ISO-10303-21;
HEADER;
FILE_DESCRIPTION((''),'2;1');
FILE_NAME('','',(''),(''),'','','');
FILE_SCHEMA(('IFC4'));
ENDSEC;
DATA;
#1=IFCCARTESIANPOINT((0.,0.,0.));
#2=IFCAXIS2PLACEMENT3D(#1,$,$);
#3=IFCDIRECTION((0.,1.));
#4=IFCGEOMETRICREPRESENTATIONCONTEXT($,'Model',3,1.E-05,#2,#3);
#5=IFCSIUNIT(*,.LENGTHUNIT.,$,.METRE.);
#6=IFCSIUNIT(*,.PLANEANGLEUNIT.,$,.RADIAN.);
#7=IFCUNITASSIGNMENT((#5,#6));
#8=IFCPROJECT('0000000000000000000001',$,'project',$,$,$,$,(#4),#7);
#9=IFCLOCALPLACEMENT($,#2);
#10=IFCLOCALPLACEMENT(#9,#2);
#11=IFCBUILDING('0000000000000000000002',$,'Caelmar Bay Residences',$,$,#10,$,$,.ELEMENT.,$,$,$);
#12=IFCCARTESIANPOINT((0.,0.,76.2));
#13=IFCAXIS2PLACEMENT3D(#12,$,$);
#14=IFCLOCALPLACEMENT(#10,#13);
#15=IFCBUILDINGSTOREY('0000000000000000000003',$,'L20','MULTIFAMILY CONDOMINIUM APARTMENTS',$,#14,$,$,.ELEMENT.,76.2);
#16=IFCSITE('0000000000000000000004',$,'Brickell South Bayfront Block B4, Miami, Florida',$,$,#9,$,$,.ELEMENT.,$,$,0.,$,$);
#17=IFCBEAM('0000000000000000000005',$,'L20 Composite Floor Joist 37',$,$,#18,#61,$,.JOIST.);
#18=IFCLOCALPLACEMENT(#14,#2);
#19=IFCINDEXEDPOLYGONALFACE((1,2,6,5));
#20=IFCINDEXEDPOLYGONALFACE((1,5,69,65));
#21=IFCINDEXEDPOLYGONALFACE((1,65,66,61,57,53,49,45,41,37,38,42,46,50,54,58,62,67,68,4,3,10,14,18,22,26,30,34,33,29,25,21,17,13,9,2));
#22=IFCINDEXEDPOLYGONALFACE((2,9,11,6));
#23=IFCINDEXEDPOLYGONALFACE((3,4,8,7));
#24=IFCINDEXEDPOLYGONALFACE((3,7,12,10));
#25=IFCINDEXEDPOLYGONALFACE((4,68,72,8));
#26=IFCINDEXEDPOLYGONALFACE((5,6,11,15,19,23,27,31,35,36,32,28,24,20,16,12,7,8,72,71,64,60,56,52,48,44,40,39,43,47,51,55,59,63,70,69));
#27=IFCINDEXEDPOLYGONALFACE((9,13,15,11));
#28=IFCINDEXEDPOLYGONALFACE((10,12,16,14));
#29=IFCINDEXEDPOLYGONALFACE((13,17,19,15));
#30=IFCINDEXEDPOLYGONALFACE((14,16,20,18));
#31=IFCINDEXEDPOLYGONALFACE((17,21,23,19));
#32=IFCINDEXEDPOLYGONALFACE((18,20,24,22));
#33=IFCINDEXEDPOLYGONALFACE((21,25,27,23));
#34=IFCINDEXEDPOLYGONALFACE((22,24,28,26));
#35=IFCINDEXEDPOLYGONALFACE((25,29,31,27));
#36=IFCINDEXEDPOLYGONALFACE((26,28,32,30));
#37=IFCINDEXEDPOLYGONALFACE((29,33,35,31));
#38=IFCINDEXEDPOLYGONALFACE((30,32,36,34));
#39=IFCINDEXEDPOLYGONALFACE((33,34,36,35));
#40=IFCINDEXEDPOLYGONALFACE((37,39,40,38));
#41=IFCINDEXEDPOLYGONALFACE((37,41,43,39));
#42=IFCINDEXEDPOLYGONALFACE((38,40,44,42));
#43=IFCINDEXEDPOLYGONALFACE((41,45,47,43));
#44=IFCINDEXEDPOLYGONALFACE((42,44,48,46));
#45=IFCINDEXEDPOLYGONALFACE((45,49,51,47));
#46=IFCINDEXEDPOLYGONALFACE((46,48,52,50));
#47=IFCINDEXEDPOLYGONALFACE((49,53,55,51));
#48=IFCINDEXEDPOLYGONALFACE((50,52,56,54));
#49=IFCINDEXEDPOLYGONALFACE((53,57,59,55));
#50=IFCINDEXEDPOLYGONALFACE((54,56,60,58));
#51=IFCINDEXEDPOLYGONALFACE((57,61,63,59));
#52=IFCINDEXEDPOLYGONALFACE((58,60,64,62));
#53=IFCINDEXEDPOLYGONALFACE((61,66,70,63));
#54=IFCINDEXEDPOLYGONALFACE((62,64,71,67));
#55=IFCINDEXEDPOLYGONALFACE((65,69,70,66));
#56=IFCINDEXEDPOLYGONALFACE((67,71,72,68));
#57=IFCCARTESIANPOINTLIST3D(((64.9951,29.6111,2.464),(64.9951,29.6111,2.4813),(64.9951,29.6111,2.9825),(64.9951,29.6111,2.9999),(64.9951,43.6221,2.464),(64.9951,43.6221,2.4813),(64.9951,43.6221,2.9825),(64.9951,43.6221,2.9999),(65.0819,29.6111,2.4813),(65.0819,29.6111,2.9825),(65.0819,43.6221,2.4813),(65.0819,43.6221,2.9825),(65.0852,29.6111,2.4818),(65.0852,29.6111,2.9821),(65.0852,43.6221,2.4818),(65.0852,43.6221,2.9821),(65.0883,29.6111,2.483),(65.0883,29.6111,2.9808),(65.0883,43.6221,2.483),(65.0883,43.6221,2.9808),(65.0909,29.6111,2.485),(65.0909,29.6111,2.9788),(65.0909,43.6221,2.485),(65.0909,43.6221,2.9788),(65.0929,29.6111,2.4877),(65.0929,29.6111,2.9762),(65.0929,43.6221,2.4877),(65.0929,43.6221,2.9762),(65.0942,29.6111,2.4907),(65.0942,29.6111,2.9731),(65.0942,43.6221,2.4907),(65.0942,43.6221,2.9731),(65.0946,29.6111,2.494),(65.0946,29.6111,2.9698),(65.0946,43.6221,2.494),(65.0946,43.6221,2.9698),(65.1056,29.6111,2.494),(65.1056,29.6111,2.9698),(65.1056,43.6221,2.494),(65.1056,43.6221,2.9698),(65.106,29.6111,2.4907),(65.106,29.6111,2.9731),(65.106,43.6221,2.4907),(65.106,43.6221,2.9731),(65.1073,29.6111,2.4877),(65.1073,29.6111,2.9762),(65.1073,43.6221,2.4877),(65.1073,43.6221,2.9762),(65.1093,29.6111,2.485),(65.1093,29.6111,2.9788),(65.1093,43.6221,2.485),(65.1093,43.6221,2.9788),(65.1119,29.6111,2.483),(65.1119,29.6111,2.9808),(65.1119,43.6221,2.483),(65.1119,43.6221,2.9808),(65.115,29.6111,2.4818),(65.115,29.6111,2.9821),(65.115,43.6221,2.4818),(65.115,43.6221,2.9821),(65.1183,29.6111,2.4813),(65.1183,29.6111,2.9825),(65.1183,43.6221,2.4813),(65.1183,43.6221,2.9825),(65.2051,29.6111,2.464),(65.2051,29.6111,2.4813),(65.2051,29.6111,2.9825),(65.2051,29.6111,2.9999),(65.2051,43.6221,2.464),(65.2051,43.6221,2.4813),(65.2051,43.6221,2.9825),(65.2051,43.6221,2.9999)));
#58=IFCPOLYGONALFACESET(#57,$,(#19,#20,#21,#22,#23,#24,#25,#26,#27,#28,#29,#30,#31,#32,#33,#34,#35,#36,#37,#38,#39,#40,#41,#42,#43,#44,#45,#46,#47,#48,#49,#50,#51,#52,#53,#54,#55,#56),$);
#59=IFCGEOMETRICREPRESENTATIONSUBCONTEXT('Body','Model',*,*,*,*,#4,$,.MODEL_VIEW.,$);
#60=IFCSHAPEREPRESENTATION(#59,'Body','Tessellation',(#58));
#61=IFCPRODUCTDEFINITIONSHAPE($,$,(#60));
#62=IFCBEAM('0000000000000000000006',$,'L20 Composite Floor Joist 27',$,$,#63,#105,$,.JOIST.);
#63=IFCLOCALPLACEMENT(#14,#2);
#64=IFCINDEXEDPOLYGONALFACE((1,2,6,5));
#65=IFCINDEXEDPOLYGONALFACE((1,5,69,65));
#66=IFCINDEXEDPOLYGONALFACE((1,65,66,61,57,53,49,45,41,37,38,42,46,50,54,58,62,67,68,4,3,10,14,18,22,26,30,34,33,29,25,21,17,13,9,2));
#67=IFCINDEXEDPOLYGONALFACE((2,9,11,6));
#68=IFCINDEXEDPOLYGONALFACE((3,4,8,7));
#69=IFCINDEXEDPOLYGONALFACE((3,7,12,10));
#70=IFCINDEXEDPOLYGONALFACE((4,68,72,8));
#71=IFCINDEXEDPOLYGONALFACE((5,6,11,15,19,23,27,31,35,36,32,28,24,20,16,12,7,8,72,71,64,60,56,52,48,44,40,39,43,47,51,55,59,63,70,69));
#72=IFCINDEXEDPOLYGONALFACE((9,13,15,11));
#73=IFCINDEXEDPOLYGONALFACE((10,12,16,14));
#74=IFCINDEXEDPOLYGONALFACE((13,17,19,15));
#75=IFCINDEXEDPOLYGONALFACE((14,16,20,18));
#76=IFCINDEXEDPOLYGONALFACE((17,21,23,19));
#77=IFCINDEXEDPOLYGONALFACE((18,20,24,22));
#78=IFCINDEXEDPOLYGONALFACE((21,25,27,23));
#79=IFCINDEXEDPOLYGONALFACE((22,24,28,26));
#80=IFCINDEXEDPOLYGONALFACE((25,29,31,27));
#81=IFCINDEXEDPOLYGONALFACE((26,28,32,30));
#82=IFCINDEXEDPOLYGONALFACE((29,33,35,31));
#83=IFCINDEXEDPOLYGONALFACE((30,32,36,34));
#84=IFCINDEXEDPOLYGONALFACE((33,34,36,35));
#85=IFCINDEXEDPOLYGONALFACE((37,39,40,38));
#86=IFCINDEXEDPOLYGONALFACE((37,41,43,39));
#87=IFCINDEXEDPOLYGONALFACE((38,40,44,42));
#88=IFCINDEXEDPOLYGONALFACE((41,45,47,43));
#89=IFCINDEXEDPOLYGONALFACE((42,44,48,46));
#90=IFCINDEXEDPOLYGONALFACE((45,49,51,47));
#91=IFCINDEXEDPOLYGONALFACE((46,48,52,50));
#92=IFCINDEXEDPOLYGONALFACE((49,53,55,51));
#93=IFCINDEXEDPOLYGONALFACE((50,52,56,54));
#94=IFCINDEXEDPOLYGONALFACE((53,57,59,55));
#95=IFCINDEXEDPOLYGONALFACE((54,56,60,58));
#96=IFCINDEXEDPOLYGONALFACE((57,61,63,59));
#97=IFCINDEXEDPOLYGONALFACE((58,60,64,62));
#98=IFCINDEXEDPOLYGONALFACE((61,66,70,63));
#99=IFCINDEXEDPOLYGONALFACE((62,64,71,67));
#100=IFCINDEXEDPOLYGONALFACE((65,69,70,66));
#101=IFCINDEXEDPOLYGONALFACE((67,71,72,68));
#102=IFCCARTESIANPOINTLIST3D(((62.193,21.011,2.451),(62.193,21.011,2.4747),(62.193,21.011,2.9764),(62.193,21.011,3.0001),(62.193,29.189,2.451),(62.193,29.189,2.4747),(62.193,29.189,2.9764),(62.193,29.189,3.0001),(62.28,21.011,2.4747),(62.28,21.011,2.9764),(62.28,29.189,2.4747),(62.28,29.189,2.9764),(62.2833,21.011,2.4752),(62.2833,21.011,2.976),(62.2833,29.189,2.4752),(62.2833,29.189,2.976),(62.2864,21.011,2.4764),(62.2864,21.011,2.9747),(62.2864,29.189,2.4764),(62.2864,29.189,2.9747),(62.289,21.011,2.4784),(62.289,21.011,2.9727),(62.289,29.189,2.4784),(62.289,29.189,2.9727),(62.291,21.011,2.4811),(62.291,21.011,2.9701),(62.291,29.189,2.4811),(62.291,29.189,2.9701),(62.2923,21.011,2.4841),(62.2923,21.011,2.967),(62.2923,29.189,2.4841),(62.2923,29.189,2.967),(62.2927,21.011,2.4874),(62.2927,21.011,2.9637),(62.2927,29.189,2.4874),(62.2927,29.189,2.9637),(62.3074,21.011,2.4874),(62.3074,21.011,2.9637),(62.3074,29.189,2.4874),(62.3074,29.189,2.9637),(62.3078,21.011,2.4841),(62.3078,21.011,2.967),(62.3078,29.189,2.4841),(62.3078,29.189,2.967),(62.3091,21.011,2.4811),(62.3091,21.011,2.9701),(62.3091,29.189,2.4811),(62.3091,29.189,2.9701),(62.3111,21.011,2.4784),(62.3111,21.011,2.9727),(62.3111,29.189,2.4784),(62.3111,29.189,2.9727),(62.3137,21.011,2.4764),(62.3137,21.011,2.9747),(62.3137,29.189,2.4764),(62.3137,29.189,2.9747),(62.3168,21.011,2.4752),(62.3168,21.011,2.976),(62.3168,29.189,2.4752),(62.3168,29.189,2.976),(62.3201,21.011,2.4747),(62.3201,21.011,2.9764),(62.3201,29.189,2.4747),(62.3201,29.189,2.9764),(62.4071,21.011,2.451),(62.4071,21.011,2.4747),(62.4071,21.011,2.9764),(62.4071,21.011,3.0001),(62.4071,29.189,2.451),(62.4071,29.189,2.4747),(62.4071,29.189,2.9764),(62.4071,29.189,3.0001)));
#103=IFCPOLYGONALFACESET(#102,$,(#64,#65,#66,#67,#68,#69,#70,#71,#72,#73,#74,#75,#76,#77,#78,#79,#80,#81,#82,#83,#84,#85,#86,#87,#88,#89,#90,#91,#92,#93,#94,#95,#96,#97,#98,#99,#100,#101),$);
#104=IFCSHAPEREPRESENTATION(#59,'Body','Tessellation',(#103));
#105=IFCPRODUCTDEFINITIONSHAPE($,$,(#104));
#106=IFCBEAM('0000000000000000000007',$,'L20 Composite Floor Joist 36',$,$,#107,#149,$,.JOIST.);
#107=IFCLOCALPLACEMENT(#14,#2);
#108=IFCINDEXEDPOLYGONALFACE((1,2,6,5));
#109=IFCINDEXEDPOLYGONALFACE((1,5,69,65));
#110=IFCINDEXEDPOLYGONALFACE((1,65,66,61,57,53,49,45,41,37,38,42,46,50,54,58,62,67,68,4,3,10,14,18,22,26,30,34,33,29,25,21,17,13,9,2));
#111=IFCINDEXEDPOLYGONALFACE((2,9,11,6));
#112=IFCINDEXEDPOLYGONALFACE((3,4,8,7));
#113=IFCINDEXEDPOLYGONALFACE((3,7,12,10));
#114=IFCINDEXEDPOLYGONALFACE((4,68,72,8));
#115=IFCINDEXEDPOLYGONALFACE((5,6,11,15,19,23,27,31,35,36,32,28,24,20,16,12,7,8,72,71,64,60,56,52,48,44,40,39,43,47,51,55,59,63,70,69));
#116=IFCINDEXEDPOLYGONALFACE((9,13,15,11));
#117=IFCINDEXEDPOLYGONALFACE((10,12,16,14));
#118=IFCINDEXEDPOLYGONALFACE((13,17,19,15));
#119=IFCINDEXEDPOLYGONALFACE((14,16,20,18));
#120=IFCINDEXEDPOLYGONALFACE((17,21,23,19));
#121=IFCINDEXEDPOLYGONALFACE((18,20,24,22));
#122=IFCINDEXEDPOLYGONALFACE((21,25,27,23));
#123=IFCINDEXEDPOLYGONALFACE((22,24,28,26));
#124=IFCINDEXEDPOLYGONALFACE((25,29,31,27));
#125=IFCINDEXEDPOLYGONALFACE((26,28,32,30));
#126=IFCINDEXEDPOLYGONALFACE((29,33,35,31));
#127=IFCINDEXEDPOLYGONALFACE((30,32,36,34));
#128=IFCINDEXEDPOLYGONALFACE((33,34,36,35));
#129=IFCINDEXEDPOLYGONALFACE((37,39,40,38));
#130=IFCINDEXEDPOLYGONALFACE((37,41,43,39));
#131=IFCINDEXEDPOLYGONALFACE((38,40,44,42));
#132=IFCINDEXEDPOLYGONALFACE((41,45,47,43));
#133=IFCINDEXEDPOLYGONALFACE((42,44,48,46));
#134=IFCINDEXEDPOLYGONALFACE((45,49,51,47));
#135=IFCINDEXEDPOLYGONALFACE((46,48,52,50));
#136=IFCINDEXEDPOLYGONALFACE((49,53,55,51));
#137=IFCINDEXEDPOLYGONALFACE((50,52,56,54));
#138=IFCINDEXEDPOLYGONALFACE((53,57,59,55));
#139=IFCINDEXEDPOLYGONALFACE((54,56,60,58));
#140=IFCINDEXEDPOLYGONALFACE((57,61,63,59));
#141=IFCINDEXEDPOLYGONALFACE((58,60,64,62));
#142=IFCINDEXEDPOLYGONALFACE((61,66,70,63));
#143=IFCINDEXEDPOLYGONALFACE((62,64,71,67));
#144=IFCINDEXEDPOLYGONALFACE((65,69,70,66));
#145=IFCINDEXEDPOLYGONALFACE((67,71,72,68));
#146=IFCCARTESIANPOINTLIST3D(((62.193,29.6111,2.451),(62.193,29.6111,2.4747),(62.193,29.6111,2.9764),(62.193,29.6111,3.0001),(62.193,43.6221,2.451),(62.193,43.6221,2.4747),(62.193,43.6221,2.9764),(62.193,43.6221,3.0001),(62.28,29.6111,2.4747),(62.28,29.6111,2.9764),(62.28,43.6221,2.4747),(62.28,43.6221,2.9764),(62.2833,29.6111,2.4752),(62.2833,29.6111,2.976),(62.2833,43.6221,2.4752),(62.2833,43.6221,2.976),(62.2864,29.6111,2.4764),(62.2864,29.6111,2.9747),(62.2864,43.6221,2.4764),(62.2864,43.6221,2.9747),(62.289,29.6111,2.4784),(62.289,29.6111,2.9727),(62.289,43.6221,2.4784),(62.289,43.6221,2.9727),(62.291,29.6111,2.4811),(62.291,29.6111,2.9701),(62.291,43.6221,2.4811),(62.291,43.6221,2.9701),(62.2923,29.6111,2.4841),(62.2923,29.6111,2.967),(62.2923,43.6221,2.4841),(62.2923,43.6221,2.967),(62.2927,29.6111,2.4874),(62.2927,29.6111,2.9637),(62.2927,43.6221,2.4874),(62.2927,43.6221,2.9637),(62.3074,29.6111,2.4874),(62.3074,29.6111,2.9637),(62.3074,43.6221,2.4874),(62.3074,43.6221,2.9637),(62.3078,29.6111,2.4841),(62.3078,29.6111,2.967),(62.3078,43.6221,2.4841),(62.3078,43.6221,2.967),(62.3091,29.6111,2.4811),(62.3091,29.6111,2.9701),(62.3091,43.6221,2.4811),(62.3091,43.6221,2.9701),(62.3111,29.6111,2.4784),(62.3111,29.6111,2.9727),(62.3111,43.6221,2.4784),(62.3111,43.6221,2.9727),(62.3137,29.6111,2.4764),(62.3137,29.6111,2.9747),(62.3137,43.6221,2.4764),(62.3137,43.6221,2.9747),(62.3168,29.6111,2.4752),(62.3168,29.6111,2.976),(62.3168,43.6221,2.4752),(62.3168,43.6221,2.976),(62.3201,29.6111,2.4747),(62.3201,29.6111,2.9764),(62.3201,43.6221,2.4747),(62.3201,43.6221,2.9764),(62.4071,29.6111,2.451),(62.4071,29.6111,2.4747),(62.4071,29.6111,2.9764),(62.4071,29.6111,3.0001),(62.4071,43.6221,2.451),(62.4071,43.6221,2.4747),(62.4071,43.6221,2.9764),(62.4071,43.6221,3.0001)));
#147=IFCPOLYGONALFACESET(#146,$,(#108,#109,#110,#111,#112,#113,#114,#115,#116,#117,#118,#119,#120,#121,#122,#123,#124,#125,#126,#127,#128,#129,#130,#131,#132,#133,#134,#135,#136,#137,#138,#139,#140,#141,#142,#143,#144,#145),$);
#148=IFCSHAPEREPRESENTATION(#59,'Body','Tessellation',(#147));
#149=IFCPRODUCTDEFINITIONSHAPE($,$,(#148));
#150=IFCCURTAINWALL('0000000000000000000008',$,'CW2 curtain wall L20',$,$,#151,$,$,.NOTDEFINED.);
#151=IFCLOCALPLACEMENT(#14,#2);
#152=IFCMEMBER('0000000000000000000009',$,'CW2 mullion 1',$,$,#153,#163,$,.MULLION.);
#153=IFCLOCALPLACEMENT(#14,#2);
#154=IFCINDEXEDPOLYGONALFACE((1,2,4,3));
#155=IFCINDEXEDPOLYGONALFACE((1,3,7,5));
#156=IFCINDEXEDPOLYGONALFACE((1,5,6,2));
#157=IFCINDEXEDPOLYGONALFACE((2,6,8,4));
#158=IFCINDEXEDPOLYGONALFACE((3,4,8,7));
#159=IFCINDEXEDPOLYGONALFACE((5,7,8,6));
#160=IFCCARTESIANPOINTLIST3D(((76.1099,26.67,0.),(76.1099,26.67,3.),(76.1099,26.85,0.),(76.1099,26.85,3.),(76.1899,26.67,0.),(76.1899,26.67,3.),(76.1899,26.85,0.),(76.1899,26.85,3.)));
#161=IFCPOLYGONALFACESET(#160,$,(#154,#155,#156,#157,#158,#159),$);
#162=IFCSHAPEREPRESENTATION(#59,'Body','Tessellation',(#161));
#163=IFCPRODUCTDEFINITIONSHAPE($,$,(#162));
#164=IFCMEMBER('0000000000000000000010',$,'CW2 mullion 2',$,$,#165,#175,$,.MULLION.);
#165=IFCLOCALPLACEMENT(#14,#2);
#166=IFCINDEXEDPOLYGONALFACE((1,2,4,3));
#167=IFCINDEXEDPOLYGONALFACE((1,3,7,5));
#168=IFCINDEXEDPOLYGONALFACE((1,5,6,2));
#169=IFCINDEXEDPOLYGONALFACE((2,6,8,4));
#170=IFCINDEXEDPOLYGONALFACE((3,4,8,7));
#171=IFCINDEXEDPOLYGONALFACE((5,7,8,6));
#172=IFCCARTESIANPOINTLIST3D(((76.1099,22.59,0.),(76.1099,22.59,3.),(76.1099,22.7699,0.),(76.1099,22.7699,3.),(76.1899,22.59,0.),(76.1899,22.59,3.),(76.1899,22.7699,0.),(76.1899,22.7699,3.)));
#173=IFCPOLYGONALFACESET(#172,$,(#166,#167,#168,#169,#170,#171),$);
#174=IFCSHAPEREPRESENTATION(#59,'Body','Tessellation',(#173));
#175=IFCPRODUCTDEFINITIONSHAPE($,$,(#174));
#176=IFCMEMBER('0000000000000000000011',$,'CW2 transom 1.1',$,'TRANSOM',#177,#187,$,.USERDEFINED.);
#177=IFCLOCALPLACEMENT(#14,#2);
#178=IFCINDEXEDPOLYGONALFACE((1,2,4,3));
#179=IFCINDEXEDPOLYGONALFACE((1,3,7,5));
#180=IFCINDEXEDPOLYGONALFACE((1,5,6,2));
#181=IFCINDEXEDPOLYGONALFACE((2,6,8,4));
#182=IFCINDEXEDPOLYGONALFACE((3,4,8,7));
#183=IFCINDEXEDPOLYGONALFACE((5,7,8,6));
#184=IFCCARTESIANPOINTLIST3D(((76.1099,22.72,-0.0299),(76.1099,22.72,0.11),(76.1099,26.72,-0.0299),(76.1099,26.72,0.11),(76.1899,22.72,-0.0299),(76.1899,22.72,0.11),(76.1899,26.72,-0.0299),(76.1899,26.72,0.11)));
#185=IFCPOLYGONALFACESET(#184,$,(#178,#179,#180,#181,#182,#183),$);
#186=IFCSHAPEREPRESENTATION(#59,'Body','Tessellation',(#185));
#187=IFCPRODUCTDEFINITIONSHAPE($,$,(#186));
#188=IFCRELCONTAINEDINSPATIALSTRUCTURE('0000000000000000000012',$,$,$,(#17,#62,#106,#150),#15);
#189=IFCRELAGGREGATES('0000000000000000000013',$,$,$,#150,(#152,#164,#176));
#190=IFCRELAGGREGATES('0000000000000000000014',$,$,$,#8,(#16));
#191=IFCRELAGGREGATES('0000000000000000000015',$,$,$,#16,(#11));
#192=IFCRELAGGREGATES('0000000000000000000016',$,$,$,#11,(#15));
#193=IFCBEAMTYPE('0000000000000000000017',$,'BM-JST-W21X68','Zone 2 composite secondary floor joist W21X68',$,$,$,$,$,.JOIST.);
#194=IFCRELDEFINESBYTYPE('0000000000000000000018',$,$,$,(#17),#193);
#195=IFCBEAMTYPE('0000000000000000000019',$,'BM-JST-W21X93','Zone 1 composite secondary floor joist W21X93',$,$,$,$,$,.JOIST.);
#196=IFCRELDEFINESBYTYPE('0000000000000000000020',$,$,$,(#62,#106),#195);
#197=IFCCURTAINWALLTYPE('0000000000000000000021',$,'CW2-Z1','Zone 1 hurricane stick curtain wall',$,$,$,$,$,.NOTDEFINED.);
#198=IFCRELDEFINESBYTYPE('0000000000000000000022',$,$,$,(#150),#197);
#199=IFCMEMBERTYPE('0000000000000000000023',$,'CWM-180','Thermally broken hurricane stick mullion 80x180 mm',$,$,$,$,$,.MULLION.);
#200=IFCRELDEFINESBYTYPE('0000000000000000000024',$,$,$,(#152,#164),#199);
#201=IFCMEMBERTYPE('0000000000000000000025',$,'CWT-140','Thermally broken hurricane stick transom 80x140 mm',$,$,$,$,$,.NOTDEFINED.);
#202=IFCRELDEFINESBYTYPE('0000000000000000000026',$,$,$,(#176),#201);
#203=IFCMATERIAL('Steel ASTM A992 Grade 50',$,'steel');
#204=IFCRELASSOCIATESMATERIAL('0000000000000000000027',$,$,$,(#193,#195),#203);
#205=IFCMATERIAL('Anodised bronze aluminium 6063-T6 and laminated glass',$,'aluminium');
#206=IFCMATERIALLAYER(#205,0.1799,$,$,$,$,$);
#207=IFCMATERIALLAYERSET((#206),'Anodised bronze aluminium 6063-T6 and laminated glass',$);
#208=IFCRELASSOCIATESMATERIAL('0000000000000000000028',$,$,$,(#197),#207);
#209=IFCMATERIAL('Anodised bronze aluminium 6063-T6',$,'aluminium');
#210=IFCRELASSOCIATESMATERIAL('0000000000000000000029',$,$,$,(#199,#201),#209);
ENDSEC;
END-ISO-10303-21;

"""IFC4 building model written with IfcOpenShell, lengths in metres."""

from ifc_helpers import new_model, si_unit, direction, frame, origin, origin_2d, place, context, subcontext, project, spatial, rectangle, i_section, extrude, material, layer, layer_set, material_profile, profile_set, type_object, element, aggregate, save


model = new_model("IFC4")

# Units and contexts
model_context = context("Model", 3, precision=1e-05, world=origin(), true_north=direction((0.0, 1.0)))
body_context = subcontext(model_context, "Body", "Model", "MODEL_VIEW")
ifc_project = project(units=[si_unit("LENGTHUNIT", "METRE"), si_unit("PLANEANGLEUNIT", "RADIAN")], contexts=[model_context])

# Site, building, storey
site_placement = place(None, origin())
site = spatial("IfcSite", under=ifc_project, at=site_placement, Name="Brickell South Bayfront Block B4, Miami, Florida", CompositionType="ELEMENT", RefElevation=0.0)
building_placement = place(site_placement, origin())
building = spatial("IfcBuilding", under=site, at=building_placement, Name="Caelmar Bay Residences", CompositionType="ELEMENT")
storey_placement = place(building_placement, frame((0.0, 0.0, 76.2)))
storey = spatial("IfcBuildingStorey", under=building, at=storey_placement, Name="L20", Description="MULTIFAMILY CONDOMINIUM APARTMENTS", CompositionType="ELEMENT", Elevation=76.2)

# Beams
ifc_material_1 = material(Name="Steel ASTM A992 Grade 50", Category="steel")
ifc_material_profile_1 = material_profile(ifc_material_1, i_section(OverallWidth=0.21, OverallDepth=0.5359, WebThickness=0.011, FlangeThickness=0.0173, FilletRadius=0.0127, at=origin_2d()), Name="W21X68")
ifc_profile_set_1 = profile_set([ifc_material_profile_1], Name="Steel ASTM A992 Grade 50")
beam_type_1 = type_object("IfcBeamType", Name="BM-JST-W21X68", Description="Zone 2 composite secondary floor joist W21X68", PredefinedType="JOIST", material=ifc_profile_set_1)
beam_1_placement = place(storey_placement, frame((65.1001, 29.6111, 2.7319), z_axis=(0.0, 1.0, 0.0), x_axis=(-1.0, 0.0, 0.0)))
element("IfcBeam", 1, at=beam_1_placement, inside=storey, type_object=beam_type_1, Name="L20 Composite Floor Joist 37", PredefinedType="JOIST", context=body_context, shape_type="SweptSolid", body=[
    extrude(i_section(OverallWidth=0.21, OverallDepth=0.5359, WebThickness=0.011, FlangeThickness=0.0173, FilletRadius=0.0127, at=origin_2d()), origin(), (0.0, 0.0, 1.0), 14.011),
])
ifc_material_profile_2 = material_profile(ifc_material_1, i_section(OverallWidth=0.2141, OverallDepth=0.5491, WebThickness=0.0146, FlangeThickness=0.0237, FilletRadius=0.0127, at=origin_2d()), Name="W21X93")
ifc_profile_set_2 = profile_set([ifc_material_profile_2], Name="Steel ASTM A992 Grade 50")
beam_type_2 = type_object("IfcBeamType", Name="BM-JST-W21X93", Description="Zone 1 composite secondary floor joist W21X93", PredefinedType="JOIST", material=ifc_profile_set_2)
beam_2_placement = place(storey_placement, frame((62.3, 21.011, 2.7256), z_axis=(0.0, 1.0, 0.0), x_axis=(-1.0, 0.0, 0.0)))
element("IfcBeam", 2, at=beam_2_placement, inside=storey, type_object=beam_type_2, Name="L20 Composite Floor Joist 27", PredefinedType="JOIST", context=body_context, shape_type="SweptSolid", body=[
    extrude(i_section(OverallWidth=0.2141, OverallDepth=0.5491, WebThickness=0.0146, FlangeThickness=0.0237, FilletRadius=0.0127, at=origin_2d()), origin(), (0.0, 0.0, 1.0), 8.178),
])
beam_3_placement = place(storey_placement, frame((62.3, 29.6111, 2.7256), z_axis=(0.0, 1.0, 0.0), x_axis=(-1.0, 0.0, 0.0)))
element("IfcBeam", 3, at=beam_3_placement, inside=storey, type_object=beam_type_2, Name="L20 Composite Floor Joist 36", PredefinedType="JOIST", context=body_context, shape_type="SweptSolid", body=[
    extrude(i_section(OverallWidth=0.2141, OverallDepth=0.5491, WebThickness=0.0146, FlangeThickness=0.0237, FilletRadius=0.0127, at=origin_2d()), origin(), (0.0, 0.0, 1.0), 14.011),
])

# Curtain wall, members
ifc_material_2 = material(Name="Anodised bronze aluminium 6063-T6 and laminated glass", Category="aluminium")
ifc_layer_1 = layer(ifc_material_2, 0.1799)
ifc_layer_set_1 = layer_set([ifc_layer_1], Name="Anodised bronze aluminium 6063-T6 and laminated glass")
curtain_wall_type = type_object("IfcCurtainWallType", Name="CW2-Z1", Description="Zone 1 hurricane stick curtain wall", PredefinedType="NOTDEFINED", material=ifc_layer_set_1)
curtain_wall_placement = place(storey_placement, origin())
curtain_wall = element("IfcCurtainWall", 4, at=curtain_wall_placement, inside=storey, type_object=curtain_wall_type, Name="CW2 curtain wall L20", PredefinedType="NOTDEFINED")
ifc_material_3 = material(Name="Anodised bronze aluminium 6063-T6", Category="aluminium")
ifc_material_profile_3 = material_profile(ifc_material_3, rectangle(XDim=0.0801, YDim=0.1799, at=origin_2d()), Name="CWM-80X180")
ifc_profile_set_3 = profile_set([ifc_material_profile_3], Name="Anodised bronze aluminium 6063-T6")
member_type_1 = type_object("IfcMemberType", Name="CWM-180", Description="Thermally broken hurricane stick mullion 80x180 mm", PredefinedType="MULLION", material=ifc_profile_set_3)
member_1_placement = place(storey_placement, frame((76.1499, 26.76, 0.0), z_axis=(0.0, 0.0, 1.0), x_axis=(1.0, 0.0, 0.0)))
member_1 = element("IfcMember", 5, at=member_1_placement, type_object=member_type_1, Name="CW2 mullion 1", PredefinedType="MULLION", context=body_context, shape_type="SweptSolid", body=[
    extrude(rectangle(XDim=0.0801, YDim=0.1799, at=origin_2d()), origin(), (0.0, 0.0, 1.0), 3.0),
])
member_2_placement = place(storey_placement, frame((76.1499, 22.6799, 0.0), z_axis=(0.0, 0.0, 1.0), x_axis=(1.0, 0.0, 0.0)))
member_2 = element("IfcMember", 6, at=member_2_placement, type_object=member_type_1, Name="CW2 mullion 2", PredefinedType="MULLION", context=body_context, shape_type="SweptSolid", body=[
    extrude(rectangle(XDim=0.0801, YDim=0.1799, at=origin_2d()), origin(), (0.0, 0.0, 1.0), 3.0),
])
ifc_material_profile_4 = material_profile(ifc_material_3, rectangle(XDim=0.0801, YDim=0.1399, at=origin_2d()), Name="CWT-80X140")
ifc_profile_set_4 = profile_set([ifc_material_profile_4], Name="Anodised bronze aluminium 6063-T6")
member_type_2 = type_object("IfcMemberType", Name="CWT-140", Description="Thermally broken hurricane stick transom 80x140 mm", PredefinedType="NOTDEFINED", material=ifc_profile_set_4)
member_3_placement = place(storey_placement, frame((76.1499, 26.72, 0.04), z_axis=(0.0, -1.0, 0.0), x_axis=(1.0, 0.0, 0.0)))
member_3 = element("IfcMember", 7, at=member_3_placement, type_object=member_type_2, Name="CW2 transom 1.1", ObjectType="TRANSOM", PredefinedType="USERDEFINED", context=body_context, shape_type="SweptSolid", body=[
    extrude(rectangle(XDim=0.0801, YDim=0.1399, at=origin_2d()), origin(), (0.0, 0.0, 1.0), 4.0),
])
aggregate(curtain_wall, [member_1, member_2, member_3])

save(model, "model.ifc")
